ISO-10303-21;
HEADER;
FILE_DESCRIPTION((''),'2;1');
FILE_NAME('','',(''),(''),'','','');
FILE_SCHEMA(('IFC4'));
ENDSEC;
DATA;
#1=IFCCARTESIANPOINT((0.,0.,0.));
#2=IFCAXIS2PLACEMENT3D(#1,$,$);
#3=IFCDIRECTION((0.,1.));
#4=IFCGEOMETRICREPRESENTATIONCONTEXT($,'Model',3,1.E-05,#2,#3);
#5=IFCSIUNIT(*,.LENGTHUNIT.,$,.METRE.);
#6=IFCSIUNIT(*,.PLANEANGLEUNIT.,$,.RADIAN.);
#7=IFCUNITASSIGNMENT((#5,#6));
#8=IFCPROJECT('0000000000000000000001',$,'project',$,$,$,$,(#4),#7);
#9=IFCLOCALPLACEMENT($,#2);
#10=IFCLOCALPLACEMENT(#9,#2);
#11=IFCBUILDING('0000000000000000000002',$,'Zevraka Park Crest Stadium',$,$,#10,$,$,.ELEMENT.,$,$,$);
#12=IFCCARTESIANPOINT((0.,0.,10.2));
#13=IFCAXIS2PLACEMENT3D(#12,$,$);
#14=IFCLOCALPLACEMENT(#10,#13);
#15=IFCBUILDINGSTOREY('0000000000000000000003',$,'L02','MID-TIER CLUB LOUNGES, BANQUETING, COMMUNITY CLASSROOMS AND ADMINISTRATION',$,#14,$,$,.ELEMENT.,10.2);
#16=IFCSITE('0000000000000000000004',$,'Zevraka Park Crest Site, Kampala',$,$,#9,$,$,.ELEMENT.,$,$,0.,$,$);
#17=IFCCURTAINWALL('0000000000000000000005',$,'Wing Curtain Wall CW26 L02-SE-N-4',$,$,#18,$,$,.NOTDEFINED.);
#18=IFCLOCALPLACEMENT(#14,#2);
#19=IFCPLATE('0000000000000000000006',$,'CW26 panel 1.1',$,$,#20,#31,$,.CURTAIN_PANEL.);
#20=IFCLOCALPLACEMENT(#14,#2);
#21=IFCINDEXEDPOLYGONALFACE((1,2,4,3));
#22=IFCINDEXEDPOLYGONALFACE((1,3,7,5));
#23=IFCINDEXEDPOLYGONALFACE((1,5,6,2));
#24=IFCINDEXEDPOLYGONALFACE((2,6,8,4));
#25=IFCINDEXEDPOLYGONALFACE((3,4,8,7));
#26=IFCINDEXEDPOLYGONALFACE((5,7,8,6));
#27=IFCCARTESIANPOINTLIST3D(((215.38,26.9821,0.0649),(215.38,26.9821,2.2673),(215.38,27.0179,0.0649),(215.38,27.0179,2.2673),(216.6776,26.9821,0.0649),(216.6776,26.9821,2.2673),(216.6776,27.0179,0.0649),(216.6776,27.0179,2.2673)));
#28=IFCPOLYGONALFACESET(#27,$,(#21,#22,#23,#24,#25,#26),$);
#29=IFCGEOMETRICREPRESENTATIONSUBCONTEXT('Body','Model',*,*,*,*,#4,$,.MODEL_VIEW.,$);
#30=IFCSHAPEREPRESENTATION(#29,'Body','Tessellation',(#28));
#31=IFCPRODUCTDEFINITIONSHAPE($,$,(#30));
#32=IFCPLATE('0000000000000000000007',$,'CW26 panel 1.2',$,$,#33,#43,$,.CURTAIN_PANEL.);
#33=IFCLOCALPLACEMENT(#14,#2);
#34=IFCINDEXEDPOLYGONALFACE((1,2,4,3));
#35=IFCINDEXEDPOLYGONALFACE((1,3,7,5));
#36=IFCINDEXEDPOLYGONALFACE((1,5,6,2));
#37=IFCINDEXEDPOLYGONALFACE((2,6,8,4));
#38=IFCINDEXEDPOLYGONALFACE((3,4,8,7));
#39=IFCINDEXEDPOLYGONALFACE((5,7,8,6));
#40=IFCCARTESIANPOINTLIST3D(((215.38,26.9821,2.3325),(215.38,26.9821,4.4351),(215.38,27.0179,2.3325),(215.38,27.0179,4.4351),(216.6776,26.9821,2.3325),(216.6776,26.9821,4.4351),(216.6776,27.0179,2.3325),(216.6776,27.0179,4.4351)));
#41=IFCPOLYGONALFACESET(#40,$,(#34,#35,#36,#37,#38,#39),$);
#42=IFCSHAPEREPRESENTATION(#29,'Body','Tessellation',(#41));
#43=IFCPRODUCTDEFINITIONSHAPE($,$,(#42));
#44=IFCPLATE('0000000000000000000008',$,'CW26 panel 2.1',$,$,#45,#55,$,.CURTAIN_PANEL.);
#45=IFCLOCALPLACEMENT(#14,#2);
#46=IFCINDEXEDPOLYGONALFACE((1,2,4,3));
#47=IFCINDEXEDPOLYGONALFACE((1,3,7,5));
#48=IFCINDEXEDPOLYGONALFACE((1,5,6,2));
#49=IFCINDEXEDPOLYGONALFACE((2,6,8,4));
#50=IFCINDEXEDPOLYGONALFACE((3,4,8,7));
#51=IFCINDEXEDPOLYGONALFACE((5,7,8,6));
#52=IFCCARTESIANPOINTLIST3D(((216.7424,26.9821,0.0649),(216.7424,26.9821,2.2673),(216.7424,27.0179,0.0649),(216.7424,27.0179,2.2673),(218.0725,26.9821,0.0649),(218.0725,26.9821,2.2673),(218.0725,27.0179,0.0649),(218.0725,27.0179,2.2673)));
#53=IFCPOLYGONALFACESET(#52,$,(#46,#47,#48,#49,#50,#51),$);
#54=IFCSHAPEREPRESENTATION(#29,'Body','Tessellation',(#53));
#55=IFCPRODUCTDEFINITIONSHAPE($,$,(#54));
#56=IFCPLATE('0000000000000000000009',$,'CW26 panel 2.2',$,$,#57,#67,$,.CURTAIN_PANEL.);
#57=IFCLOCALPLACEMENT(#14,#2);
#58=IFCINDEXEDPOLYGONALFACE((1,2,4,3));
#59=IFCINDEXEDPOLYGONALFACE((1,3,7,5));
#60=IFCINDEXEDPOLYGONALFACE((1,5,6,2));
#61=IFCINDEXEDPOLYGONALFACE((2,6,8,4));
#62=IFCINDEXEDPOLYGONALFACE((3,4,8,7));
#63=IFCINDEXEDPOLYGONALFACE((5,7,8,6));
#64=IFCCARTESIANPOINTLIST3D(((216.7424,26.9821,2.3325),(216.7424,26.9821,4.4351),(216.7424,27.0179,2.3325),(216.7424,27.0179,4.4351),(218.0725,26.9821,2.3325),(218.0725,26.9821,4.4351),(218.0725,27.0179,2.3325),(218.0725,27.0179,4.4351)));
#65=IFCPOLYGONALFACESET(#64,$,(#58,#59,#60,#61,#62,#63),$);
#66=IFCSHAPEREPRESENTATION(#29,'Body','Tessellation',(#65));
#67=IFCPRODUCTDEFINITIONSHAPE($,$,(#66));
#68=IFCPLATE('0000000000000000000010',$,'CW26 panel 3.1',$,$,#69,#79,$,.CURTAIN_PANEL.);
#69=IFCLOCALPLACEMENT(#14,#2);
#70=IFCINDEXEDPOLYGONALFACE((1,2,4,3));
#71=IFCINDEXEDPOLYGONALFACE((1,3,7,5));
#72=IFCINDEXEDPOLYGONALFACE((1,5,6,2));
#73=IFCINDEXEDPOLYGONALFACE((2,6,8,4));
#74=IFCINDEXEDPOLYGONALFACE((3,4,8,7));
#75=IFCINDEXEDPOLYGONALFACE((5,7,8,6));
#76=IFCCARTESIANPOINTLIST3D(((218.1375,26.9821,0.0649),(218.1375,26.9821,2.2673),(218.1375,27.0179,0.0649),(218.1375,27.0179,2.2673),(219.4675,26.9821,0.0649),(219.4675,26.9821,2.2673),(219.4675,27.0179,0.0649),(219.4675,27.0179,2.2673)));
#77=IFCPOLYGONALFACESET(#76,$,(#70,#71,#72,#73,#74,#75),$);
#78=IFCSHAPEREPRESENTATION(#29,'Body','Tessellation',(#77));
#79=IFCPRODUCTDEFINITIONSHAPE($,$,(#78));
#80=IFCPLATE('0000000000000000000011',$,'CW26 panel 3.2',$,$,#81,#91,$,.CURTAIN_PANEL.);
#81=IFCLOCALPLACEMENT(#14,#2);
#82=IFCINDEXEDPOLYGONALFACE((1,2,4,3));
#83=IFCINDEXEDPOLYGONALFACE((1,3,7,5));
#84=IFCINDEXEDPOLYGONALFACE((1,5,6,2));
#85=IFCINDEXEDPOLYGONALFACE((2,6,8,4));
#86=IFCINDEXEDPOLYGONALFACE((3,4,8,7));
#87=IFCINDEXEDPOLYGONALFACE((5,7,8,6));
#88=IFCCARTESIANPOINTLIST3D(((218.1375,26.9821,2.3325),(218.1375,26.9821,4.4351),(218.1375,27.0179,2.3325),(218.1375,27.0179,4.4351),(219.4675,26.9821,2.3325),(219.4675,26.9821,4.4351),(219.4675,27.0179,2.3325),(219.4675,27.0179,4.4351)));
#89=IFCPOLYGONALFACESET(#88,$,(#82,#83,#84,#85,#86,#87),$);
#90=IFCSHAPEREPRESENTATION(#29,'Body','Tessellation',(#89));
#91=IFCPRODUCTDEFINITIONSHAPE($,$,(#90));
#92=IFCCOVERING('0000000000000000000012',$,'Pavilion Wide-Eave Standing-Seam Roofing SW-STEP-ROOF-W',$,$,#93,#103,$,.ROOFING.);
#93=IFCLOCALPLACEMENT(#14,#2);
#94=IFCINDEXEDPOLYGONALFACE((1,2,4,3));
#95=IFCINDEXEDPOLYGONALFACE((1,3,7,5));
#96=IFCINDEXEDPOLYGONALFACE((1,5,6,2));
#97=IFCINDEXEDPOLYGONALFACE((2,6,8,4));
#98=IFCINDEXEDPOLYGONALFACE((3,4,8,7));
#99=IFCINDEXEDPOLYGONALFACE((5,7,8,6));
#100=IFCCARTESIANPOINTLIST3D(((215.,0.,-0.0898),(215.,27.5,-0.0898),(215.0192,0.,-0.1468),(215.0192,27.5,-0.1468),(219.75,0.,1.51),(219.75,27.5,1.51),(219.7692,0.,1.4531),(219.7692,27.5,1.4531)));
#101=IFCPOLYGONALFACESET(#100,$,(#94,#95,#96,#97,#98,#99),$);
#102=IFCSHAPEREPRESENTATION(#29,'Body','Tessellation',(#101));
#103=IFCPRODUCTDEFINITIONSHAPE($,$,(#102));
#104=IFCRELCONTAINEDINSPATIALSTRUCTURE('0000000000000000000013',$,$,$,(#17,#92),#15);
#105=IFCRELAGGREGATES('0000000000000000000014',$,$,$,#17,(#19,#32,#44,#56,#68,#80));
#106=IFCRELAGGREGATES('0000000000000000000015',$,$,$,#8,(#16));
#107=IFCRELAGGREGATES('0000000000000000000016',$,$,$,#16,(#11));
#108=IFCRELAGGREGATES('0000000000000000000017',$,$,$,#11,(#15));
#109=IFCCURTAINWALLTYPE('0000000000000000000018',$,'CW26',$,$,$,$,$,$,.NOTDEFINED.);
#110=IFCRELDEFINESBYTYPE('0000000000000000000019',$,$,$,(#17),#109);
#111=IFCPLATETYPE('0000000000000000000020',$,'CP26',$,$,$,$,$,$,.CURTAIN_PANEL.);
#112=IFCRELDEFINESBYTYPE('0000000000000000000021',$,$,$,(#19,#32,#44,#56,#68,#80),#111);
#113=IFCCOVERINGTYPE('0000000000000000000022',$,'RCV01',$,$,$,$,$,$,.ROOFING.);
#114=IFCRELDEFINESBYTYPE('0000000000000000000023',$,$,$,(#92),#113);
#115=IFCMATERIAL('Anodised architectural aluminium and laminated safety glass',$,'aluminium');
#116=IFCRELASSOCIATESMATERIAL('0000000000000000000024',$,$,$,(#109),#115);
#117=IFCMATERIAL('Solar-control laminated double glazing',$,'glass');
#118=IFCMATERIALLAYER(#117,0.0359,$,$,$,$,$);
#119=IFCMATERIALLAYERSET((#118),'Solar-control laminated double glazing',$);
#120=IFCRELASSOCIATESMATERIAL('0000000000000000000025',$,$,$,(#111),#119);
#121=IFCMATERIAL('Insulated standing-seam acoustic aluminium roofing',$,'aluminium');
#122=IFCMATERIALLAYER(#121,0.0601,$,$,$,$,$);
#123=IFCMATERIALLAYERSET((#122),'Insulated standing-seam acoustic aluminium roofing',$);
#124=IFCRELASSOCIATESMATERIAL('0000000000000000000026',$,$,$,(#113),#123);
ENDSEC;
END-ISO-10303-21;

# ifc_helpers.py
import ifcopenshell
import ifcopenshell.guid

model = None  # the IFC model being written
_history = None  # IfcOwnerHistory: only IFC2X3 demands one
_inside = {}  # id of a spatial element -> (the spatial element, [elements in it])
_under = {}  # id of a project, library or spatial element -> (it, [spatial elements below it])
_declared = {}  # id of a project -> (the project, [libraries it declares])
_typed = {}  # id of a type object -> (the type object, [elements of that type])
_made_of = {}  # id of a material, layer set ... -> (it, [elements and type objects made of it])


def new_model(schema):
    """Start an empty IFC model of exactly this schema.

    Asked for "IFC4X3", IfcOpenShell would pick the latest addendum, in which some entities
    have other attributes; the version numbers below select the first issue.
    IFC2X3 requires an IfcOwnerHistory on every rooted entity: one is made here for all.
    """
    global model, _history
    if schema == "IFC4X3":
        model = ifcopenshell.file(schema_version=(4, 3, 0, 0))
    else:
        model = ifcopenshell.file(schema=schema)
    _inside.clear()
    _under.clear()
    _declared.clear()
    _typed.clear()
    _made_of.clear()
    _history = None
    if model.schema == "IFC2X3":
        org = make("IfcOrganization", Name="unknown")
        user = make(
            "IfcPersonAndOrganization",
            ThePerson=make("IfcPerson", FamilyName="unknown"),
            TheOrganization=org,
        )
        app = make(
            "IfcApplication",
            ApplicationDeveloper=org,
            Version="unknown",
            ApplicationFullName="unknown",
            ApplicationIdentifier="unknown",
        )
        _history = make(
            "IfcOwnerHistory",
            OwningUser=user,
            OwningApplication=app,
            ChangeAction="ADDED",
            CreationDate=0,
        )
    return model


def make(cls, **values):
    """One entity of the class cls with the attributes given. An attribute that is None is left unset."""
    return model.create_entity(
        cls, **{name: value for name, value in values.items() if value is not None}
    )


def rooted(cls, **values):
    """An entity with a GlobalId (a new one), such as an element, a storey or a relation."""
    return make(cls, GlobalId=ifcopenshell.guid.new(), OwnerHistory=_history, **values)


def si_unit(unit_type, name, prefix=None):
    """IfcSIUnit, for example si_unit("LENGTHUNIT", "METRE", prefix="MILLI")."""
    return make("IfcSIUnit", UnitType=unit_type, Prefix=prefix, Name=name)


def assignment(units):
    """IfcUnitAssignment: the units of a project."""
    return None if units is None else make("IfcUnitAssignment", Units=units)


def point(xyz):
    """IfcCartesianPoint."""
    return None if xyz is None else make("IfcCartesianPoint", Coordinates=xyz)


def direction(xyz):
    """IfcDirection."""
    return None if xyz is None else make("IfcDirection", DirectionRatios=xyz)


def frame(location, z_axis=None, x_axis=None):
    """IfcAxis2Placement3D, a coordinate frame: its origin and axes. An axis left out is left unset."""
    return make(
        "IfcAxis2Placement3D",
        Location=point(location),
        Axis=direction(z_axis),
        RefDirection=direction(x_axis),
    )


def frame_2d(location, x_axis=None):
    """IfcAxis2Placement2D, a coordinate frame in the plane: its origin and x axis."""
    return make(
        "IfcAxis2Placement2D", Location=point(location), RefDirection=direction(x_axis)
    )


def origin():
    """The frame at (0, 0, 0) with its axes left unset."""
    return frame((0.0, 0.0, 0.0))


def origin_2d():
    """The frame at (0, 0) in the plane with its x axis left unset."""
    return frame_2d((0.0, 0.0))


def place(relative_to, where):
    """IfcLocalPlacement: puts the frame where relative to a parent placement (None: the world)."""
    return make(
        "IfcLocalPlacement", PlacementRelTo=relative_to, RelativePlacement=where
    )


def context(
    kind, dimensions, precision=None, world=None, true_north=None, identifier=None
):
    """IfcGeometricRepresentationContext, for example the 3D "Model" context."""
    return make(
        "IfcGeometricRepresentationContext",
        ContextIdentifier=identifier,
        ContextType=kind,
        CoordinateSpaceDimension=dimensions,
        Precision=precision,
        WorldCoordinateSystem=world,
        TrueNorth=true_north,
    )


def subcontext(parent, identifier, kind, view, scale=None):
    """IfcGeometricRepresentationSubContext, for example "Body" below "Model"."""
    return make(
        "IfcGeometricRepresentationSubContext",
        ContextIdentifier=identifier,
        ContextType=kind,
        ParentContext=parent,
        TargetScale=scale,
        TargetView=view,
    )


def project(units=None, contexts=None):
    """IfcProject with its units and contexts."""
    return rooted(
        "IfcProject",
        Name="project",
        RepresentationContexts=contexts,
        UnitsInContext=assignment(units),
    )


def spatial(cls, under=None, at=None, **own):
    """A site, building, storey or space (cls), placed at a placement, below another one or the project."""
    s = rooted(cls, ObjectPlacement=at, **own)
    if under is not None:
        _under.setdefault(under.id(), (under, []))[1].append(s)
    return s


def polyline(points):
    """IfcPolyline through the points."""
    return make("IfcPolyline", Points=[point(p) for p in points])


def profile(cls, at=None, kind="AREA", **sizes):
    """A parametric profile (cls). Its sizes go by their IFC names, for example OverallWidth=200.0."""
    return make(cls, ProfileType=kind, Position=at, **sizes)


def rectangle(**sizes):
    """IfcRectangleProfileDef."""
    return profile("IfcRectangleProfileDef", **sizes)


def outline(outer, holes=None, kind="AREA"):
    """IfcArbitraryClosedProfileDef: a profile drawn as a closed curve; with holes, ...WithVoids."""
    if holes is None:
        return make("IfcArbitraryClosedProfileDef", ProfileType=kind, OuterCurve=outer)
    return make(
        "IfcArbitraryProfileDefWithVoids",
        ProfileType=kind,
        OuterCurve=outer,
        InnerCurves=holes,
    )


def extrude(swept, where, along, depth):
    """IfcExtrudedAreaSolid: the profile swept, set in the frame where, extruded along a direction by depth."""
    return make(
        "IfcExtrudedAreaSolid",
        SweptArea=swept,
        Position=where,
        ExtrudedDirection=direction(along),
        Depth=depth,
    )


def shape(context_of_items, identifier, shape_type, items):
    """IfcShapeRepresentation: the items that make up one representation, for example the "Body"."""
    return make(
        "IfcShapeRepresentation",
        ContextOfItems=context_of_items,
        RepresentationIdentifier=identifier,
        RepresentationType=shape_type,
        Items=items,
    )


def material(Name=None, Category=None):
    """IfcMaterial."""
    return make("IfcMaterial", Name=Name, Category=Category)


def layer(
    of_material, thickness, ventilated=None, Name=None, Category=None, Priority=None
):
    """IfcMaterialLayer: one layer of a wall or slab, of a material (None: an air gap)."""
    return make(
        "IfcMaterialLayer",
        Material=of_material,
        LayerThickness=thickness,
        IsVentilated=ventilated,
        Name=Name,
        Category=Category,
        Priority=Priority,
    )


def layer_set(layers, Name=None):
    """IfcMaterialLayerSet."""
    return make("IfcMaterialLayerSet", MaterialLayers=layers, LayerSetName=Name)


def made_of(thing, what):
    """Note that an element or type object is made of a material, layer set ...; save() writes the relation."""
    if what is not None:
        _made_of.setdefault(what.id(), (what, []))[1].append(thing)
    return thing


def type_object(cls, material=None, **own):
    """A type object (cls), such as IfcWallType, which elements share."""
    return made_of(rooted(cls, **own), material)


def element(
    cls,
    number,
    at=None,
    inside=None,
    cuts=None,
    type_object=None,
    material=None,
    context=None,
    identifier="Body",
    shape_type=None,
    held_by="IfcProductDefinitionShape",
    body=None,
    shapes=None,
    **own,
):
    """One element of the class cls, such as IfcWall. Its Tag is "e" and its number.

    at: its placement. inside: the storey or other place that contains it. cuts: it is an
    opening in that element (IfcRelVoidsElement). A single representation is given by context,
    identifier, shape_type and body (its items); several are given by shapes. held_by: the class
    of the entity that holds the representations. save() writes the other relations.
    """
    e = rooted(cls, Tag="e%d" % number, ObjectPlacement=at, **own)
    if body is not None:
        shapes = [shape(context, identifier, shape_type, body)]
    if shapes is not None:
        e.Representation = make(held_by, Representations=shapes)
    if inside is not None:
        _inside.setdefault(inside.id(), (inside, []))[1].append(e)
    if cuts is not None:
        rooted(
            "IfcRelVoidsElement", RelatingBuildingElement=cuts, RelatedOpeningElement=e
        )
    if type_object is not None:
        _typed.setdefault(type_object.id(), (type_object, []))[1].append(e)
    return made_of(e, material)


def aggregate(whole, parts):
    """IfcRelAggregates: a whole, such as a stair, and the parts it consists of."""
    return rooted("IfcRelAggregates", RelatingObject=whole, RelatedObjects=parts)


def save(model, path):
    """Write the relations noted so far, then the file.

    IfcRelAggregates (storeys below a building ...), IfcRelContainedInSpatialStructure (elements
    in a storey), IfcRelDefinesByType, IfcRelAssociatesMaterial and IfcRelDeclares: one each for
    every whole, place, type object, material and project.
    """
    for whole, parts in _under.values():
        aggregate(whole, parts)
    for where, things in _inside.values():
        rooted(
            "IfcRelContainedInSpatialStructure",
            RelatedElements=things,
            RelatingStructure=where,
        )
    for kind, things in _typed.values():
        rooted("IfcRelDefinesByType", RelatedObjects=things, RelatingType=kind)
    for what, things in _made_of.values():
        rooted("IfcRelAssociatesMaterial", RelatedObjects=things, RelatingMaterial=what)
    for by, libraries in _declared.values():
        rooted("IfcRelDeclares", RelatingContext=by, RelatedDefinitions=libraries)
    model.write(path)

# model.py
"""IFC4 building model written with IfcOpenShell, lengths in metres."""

from ifc_helpers import new_model, si_unit, direction, frame, origin, origin_2d, place, context, subcontext, project, spatial, polyline, rectangle, outline, extrude, material, layer, layer_set, type_object, element, aggregate, save


model = new_model("IFC4")

# Units and contexts
model_context = context("Model", 3, precision=1e-05, world=origin(), true_north=direction((0.0, 1.0)))
body_context = subcontext(model_context, "Body", "Model", "MODEL_VIEW")
ifc_project = project(units=[si_unit("LENGTHUNIT", "METRE"), si_unit("PLANEANGLEUNIT", "RADIAN")], contexts=[model_context])

# Site, building, storey
site_placement = place(None, origin())
site = spatial("IfcSite", under=ifc_project, at=site_placement, Name="Zevraka Park Crest Site, Kampala", CompositionType="ELEMENT", RefElevation=0.0)
building_placement = place(site_placement, origin())
building = spatial("IfcBuilding", under=site, at=building_placement, Name="Zevraka Park Crest Stadium", CompositionType="ELEMENT")
storey_placement = place(building_placement, frame((0.0, 0.0, 10.2)))
storey = spatial("IfcBuildingStorey", under=building, at=storey_placement, Name="L02", Description="MID-TIER CLUB LOUNGES, BANQUETING, COMMUNITY CLASSROOMS AND ADMINISTRATION", CompositionType="ELEMENT", Elevation=10.2)

# Curtain wall, plates
ifc_material_1 = material(Name="Anodised architectural aluminium and laminated safety glass", Category="aluminium")
curtain_wall_type = type_object("IfcCurtainWallType", Name="CW26", PredefinedType="NOTDEFINED", material=ifc_material_1)
curtain_wall_placement = place(storey_placement, origin())
curtain_wall = element("IfcCurtainWall", 1, at=curtain_wall_placement, inside=storey, type_object=curtain_wall_type, Name="Wing Curtain Wall CW26 L02-SE-N-4", PredefinedType="NOTDEFINED")
ifc_material_2 = material(Name="Solar-control laminated double glazing", Category="glass")
ifc_layer_1 = layer(ifc_material_2, 0.0359)
ifc_layer_set_1 = layer_set([ifc_layer_1], Name="Solar-control laminated double glazing")
plate_type = type_object("IfcPlateType", Name="CP26", PredefinedType="CURTAIN_PANEL", material=ifc_layer_set_1)
plate_1_placement = place(storey_placement, frame((216.0288, 27.0, 0.0649), z_axis=(0.0, 0.0, 1.0), x_axis=(1.0, 0.0, 0.0)))
plate_1 = element("IfcPlate", 2, at=plate_1_placement, type_object=plate_type, Name="CW26 panel 1.1", PredefinedType="CURTAIN_PANEL", context=body_context, shape_type="SweptSolid", body=[
    extrude(rectangle(XDim=1.2976, YDim=0.0359, at=origin_2d()), origin(), (0.0, 0.0, 1.0), 2.2024),
])
plate_2_placement = place(storey_placement, frame((216.0288, 27.0, 2.3325), z_axis=(0.0, 0.0, 1.0), x_axis=(1.0, 0.0, 0.0)))
plate_2 = element("IfcPlate", 3, at=plate_2_placement, type_object=plate_type, Name="CW26 panel 1.2", PredefinedType="CURTAIN_PANEL", context=body_context, shape_type="SweptSolid", body=[
    extrude(rectangle(XDim=1.2976, YDim=0.0359, at=origin_2d()), origin(), (0.0, 0.0, 1.0), 2.1025),
])
plate_3_placement = place(storey_placement, frame((217.4075, 27.0, 0.0649), z_axis=(0.0, 0.0, 1.0), x_axis=(1.0, 0.0, 0.0)))
plate_3 = element("IfcPlate", 4, at=plate_3_placement, type_object=plate_type, Name="CW26 panel 2.1", PredefinedType="CURTAIN_PANEL", context=body_context, shape_type="SweptSolid", body=[
    extrude(rectangle(XDim=1.3301, YDim=0.0359, at=origin_2d()), origin(), (0.0, 0.0, 1.0), 2.2024),
])
plate_4_placement = place(storey_placement, frame((217.4075, 27.0, 2.3325), z_axis=(0.0, 0.0, 1.0), x_axis=(1.0, 0.0, 0.0)))
plate_4 = element("IfcPlate", 5, at=plate_4_placement, type_object=plate_type, Name="CW26 panel 2.2", PredefinedType="CURTAIN_PANEL", context=body_context, shape_type="SweptSolid", body=[
    extrude(rectangle(XDim=1.3301, YDim=0.0359, at=origin_2d()), origin(), (0.0, 0.0, 1.0), 2.1025),
])
plate_5_placement = place(storey_placement, frame((218.8025, 27.0, 0.0649), z_axis=(0.0, 0.0, 1.0), x_axis=(1.0, 0.0, 0.0)))
plate_5 = element("IfcPlate", 6, at=plate_5_placement, type_object=plate_type, Name="CW26 panel 3.1", PredefinedType="CURTAIN_PANEL", context=body_context, shape_type="SweptSolid", body=[
    extrude(rectangle(XDim=1.3301, YDim=0.0359, at=origin_2d()), origin(), (0.0, 0.0, 1.0), 2.2024),
])
plate_6_placement = place(storey_placement, frame((218.8025, 27.0, 2.3325), z_axis=(0.0, 0.0, 1.0), x_axis=(1.0, 0.0, 0.0)))
plate_6 = element("IfcPlate", 7, at=plate_6_placement, type_object=plate_type, Name="CW26 panel 3.2", PredefinedType="CURTAIN_PANEL", context=body_context, shape_type="SweptSolid", body=[
    extrude(rectangle(XDim=1.3301, YDim=0.0359, at=origin_2d()), origin(), (0.0, 0.0, 1.0), 2.1025),
])
aggregate(curtain_wall, [plate_1, plate_2, plate_3, plate_4, plate_5, plate_6])

# Covering
ifc_material_3 = material(Name="Insulated standing-seam acoustic aluminium roofing", Category="aluminium")
ifc_layer_2 = layer(ifc_material_3, 0.0601)
ifc_layer_set_2 = layer_set([ifc_layer_2], Name="Insulated standing-seam acoustic aluminium roofing")
covering_type = type_object("IfcCoveringType", Name="RCV01", PredefinedType="ROOFING", material=ifc_layer_set_2)
covering_placement = place(storey_placement, frame((215.0, 27.5, -0.0898), z_axis=(-0.319193, 0.0, 0.94769), x_axis=(0.0, -1.0, 0.0)))
element("IfcCovering", 8, at=covering_placement, inside=storey, type_object=covering_type, Name="Pavilion Wide-Eave Standing-Seam Roofing SW-STEP-ROOF-W", PredefinedType="ROOFING", context=body_context, shape_type="SweptSolid", body=[
    extrude(outline(polyline([(0.0, 0.0), (27.5, 0.0), (27.5, 5.0122), (0.0, 5.0122), (0.0, 0.0)])), origin(), (0.0, 0.0, -1.0), 0.0601),
])

save(model, "model.ifc")
